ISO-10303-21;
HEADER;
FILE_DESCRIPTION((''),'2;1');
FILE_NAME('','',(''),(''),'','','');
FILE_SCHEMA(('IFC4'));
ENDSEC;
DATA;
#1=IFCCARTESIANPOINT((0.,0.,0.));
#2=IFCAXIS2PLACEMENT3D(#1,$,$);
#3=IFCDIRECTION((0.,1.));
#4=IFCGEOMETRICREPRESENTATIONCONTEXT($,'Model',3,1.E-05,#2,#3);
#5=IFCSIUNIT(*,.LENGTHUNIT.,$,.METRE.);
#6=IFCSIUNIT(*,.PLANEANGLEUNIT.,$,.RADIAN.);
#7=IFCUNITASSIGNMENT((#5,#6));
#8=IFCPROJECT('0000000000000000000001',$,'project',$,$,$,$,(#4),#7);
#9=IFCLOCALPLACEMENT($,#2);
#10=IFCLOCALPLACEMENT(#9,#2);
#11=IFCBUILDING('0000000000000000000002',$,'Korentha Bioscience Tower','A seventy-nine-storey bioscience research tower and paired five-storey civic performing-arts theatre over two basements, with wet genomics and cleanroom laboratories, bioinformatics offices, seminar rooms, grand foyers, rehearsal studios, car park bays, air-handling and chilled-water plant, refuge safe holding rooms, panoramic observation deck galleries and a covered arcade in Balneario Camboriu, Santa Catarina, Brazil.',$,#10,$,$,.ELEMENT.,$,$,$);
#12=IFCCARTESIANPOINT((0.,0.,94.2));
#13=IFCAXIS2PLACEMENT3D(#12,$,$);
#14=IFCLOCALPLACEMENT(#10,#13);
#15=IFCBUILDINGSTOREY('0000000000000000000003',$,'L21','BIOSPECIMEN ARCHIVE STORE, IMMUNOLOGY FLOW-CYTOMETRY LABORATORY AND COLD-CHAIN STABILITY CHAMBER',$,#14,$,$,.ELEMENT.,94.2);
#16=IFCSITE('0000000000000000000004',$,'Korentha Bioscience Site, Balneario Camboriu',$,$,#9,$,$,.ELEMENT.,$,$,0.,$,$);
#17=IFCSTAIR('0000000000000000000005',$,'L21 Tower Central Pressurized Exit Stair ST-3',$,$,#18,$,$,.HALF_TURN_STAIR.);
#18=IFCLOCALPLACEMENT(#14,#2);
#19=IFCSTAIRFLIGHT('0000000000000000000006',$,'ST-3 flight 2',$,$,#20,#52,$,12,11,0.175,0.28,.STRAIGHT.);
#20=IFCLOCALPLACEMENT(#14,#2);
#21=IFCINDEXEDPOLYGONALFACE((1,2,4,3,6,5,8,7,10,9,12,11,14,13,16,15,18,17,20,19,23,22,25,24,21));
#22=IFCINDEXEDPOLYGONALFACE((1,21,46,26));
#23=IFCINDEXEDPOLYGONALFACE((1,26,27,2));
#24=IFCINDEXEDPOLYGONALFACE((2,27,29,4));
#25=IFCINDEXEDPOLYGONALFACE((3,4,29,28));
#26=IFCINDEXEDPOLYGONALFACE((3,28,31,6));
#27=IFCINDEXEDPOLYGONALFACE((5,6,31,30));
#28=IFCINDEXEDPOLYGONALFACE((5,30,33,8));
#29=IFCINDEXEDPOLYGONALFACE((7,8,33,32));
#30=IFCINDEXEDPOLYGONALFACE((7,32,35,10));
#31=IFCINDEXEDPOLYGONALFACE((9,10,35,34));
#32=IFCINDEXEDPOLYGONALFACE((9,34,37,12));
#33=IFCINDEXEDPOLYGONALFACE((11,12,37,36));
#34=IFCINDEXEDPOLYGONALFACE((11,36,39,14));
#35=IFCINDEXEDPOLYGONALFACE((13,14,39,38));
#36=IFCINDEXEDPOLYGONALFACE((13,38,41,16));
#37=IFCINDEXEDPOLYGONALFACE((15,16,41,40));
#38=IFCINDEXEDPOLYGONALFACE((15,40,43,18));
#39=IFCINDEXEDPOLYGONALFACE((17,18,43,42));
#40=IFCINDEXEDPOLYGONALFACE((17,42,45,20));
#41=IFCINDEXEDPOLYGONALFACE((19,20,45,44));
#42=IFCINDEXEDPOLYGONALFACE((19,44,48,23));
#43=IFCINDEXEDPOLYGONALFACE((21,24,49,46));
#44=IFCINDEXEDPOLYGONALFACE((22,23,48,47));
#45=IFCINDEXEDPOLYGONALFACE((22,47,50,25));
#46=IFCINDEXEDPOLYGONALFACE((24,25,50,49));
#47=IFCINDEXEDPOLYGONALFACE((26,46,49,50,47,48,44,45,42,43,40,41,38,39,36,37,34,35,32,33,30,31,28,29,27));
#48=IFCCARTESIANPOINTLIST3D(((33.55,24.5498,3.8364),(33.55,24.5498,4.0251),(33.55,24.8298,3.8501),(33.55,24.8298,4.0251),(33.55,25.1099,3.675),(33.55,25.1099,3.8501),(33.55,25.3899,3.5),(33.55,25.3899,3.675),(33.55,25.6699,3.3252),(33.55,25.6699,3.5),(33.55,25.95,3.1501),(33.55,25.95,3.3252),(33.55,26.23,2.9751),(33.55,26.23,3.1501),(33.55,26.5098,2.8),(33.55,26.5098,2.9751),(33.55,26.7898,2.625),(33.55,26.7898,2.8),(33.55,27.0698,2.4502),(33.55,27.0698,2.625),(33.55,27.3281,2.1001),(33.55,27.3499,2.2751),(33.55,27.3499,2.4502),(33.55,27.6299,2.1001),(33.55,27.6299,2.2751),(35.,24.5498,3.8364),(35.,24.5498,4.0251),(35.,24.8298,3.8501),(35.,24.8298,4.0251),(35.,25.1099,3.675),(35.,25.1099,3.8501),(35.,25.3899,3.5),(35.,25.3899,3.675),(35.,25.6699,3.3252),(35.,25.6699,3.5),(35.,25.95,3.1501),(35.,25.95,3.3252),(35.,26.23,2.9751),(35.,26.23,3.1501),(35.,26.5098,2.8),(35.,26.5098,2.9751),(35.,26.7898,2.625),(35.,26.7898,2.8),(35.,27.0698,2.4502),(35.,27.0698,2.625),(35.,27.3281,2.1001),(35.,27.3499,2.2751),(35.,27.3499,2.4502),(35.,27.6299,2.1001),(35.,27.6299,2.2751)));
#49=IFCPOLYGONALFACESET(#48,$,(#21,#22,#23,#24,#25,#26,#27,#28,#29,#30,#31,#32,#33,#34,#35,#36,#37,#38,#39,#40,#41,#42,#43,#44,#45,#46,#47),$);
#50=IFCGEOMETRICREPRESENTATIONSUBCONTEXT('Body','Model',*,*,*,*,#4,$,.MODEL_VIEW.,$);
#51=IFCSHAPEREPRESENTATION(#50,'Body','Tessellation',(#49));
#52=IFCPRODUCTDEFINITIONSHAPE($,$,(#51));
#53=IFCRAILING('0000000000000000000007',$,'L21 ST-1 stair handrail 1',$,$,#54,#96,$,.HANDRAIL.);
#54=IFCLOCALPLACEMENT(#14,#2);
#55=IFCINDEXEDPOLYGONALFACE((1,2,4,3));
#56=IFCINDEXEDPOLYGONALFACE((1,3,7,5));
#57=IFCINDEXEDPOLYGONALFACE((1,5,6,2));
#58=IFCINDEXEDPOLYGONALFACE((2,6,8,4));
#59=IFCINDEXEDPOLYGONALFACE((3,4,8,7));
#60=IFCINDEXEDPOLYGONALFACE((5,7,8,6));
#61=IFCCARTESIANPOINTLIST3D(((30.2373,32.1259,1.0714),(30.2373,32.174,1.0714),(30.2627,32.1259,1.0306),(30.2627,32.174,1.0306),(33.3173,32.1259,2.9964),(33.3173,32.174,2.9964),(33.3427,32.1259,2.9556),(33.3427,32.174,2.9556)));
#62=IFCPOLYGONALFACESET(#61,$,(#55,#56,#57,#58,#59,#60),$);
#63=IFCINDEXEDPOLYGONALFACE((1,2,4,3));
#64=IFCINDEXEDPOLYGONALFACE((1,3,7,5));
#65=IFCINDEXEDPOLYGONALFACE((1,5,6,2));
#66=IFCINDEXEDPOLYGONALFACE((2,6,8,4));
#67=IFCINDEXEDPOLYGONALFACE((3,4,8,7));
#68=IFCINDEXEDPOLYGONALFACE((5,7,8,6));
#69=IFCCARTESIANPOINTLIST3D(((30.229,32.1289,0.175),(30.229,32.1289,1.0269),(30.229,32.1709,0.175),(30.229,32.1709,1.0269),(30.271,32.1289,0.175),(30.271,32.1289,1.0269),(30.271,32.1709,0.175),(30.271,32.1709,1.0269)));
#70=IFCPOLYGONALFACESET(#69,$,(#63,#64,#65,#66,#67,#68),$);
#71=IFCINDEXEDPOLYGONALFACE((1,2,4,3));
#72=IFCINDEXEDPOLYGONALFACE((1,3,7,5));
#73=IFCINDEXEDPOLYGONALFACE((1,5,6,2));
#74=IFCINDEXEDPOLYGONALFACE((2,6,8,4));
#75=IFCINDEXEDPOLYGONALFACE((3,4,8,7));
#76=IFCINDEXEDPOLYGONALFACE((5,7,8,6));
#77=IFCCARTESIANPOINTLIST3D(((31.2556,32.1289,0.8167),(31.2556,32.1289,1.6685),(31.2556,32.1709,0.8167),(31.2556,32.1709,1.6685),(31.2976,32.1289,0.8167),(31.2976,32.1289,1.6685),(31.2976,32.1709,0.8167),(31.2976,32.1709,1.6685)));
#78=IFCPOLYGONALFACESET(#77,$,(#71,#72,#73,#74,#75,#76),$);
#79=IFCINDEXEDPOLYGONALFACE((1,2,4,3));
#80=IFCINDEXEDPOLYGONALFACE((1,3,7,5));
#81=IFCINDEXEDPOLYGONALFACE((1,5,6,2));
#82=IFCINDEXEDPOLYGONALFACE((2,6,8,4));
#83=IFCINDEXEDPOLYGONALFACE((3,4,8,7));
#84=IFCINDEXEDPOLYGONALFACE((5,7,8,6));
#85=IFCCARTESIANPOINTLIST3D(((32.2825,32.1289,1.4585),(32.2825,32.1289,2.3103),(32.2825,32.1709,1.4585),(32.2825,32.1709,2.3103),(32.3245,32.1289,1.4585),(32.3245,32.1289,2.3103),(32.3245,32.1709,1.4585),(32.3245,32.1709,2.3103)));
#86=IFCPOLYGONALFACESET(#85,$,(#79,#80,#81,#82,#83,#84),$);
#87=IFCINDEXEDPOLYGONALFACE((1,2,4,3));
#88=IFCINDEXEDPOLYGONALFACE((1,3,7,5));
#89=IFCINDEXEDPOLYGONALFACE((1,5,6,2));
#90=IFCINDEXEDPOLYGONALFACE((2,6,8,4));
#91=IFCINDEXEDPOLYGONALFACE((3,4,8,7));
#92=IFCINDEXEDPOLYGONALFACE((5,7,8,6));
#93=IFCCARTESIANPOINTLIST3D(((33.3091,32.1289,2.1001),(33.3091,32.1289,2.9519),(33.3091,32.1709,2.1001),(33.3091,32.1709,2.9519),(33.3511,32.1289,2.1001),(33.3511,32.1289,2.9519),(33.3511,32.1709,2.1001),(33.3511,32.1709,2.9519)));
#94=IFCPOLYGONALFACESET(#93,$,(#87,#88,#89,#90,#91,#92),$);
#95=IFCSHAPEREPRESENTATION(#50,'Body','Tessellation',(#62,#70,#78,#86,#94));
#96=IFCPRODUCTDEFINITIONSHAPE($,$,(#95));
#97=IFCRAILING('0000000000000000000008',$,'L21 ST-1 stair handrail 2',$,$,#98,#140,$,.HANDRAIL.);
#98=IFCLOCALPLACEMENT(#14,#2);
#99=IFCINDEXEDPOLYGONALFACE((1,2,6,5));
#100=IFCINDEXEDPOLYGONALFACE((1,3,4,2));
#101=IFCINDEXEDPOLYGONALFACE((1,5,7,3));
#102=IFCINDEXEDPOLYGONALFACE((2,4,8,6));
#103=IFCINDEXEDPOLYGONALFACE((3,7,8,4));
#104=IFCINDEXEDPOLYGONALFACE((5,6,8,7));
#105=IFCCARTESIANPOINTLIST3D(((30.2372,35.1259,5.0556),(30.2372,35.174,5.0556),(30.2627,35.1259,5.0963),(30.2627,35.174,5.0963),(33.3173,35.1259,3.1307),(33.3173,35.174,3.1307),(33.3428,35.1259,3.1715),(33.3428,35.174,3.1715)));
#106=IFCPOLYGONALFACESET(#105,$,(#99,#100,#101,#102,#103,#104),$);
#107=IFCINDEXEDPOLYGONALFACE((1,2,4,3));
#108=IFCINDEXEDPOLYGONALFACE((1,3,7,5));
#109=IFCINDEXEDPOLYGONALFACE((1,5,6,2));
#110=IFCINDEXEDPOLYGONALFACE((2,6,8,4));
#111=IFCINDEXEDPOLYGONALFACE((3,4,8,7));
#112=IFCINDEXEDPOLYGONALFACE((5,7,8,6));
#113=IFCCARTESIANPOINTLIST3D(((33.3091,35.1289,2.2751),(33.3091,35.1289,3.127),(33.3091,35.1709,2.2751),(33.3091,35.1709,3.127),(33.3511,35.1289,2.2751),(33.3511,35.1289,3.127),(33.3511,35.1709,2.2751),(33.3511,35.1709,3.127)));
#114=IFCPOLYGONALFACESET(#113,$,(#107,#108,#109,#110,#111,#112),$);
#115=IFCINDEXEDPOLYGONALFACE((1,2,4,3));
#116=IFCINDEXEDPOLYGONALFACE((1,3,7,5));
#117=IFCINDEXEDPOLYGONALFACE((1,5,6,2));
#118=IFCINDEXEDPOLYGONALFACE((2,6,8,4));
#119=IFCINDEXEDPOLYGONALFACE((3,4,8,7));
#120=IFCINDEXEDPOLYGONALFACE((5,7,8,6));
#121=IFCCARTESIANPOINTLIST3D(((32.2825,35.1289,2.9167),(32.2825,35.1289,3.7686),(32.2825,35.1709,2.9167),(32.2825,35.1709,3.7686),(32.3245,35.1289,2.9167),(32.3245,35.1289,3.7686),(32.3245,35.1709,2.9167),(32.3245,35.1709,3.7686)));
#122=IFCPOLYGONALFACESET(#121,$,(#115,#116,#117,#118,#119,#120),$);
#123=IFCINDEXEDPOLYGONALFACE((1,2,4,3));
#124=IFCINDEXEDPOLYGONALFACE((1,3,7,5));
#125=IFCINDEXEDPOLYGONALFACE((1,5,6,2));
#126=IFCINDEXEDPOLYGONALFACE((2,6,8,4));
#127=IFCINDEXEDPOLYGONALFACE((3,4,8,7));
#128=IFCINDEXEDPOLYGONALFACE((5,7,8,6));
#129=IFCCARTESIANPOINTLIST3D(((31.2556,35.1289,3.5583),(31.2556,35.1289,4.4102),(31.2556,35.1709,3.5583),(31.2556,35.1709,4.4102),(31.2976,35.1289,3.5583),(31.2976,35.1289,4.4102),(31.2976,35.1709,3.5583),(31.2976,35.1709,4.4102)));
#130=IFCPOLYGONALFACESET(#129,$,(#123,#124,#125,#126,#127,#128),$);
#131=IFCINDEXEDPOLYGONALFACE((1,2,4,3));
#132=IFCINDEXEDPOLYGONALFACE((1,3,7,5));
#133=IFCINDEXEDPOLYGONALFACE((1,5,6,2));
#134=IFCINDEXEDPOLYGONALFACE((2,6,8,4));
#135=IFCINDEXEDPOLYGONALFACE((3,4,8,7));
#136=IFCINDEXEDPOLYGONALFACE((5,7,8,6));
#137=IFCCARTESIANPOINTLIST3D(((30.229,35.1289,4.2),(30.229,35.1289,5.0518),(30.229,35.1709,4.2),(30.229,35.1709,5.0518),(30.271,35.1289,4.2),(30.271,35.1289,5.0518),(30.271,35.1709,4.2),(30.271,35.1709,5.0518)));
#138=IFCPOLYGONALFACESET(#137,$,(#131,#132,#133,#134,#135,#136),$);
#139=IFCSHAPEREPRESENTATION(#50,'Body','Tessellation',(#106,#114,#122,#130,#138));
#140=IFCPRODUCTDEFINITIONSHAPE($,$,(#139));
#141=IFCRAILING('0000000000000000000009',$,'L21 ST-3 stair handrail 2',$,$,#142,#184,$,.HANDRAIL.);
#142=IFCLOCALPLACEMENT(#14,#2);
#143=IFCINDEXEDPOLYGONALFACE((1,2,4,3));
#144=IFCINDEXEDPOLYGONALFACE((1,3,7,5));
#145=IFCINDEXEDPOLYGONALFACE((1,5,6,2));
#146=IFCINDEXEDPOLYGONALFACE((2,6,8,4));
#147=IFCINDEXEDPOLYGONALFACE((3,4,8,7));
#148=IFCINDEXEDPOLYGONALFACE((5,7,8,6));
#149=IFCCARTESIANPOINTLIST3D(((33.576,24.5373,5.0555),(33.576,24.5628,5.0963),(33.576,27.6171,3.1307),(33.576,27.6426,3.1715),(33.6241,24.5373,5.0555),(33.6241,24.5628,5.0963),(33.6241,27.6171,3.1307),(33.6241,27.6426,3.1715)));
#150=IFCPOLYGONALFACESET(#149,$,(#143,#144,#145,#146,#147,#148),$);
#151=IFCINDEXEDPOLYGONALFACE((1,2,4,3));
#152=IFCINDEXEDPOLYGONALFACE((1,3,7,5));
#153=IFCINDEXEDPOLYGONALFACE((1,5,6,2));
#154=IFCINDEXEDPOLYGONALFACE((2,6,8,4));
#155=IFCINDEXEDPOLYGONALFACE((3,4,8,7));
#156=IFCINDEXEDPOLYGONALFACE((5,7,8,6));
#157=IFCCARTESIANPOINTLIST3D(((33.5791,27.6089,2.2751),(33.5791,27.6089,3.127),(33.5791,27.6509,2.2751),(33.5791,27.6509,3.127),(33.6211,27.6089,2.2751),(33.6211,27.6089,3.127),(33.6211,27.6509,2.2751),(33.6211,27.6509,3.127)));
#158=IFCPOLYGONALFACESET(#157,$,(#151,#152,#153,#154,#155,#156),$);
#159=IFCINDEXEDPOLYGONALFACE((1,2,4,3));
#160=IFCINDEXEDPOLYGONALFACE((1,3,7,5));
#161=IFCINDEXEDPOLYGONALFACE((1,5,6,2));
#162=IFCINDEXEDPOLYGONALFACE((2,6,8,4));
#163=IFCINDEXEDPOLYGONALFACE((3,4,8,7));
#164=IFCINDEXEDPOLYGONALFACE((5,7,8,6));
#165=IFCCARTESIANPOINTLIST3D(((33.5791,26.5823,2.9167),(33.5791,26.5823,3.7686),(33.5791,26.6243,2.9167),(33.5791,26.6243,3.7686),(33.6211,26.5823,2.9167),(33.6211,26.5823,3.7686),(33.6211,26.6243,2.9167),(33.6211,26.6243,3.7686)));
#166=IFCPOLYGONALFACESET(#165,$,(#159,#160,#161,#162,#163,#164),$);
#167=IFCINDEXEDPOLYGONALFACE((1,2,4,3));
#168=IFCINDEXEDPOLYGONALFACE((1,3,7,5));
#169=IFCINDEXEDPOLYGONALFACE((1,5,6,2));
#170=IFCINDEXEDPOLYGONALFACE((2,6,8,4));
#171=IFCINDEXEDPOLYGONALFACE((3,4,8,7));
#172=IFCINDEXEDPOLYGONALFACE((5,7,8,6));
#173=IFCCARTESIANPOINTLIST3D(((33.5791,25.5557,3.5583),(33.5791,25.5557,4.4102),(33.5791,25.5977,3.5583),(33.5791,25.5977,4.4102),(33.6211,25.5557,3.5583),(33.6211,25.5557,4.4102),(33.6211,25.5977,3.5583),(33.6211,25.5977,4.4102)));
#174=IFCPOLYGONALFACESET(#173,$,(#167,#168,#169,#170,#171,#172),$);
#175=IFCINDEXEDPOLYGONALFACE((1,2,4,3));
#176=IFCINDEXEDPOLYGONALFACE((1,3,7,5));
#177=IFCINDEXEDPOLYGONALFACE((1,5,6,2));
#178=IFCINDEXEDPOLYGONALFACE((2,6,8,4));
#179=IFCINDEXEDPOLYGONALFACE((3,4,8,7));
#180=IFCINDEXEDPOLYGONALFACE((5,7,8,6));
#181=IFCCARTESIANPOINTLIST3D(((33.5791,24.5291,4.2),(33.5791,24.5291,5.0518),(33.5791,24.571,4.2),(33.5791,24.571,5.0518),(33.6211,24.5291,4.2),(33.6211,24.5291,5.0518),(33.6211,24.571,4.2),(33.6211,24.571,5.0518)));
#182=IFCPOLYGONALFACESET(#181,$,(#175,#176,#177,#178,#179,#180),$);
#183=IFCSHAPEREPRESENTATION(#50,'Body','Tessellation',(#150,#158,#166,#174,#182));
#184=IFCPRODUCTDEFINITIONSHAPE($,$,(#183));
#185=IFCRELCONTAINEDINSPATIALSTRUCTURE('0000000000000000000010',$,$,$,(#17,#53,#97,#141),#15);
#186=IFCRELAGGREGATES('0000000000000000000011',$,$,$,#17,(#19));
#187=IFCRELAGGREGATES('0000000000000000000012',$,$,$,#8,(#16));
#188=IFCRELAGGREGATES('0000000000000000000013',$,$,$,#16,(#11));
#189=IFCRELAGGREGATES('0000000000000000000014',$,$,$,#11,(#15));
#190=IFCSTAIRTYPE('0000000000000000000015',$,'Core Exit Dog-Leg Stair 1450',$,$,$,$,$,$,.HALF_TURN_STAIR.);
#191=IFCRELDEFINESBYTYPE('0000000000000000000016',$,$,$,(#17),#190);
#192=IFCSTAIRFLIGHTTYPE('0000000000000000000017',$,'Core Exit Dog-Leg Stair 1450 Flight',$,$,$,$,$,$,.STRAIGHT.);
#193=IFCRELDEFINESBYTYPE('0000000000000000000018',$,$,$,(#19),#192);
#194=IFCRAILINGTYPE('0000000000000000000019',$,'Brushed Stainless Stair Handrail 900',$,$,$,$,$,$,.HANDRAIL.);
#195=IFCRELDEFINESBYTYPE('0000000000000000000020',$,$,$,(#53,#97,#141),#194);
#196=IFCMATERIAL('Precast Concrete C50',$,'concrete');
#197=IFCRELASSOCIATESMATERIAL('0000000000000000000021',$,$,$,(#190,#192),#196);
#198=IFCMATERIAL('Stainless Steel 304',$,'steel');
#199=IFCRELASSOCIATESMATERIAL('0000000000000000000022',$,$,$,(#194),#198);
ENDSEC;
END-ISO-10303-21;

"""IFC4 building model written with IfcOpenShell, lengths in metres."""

from ifc_helpers import new_model, si_unit, direction, frame, origin, origin_2d, place, context, subcontext, project, spatial, polyline, rectangle, outline, extrude, material, type_object, element, aggregate, save


model = new_model("IFC4")

# Units and contexts
model_context = context("Model", 3, precision=1e-05, world=origin(), true_north=direction((0.0, 1.0)))
body_context = subcontext(model_context, "Body", "Model", "MODEL_VIEW")
ifc_project = project(units=[si_unit("LENGTHUNIT", "METRE"), si_unit("PLANEANGLEUNIT", "RADIAN")], contexts=[model_context])

# Site, building, storey
site_placement = place(None, origin())
site = spatial("IfcSite", under=ifc_project, at=site_placement, Name="Korentha Bioscience Site, Balneario Camboriu", CompositionType="ELEMENT", RefElevation=0.0)
building_placement = place(site_placement, origin())
building = spatial("IfcBuilding", under=site, at=building_placement, Name="Korentha Bioscience Tower", Description="A seventy-nine-storey bioscience research tower and paired five-storey civic performing-arts theatre over two basements, with wet genomics and cleanroom laboratories, bioinformatics offices, seminar rooms, grand foyers, rehearsal studios, car park bays, air-handling and chilled-water plant, refuge safe holding rooms, panoramic observation deck galleries and a covered arcade in Balneario Camboriu, Santa Catarina, Brazil.", CompositionType="ELEMENT")
storey_placement = place(building_placement, frame((0.0, 0.0, 94.2)))
storey = spatial("IfcBuildingStorey", under=building, at=storey_placement, Name="L21", Description="BIOSPECIMEN ARCHIVE STORE, IMMUNOLOGY FLOW-CYTOMETRY LABORATORY AND COLD-CHAIN STABILITY CHAMBER", CompositionType="ELEMENT", Elevation=94.2)

# Shared definitions
ifc_material_1 = material(Name="Precast Concrete C50", Category="concrete")
stair_type = type_object("IfcStairType", Name="Core Exit Dog-Leg Stair 1450", PredefinedType="HALF_TURN_STAIR", material=ifc_material_1)
stair_flight_type = type_object("IfcStairFlightType", Name="Core Exit Dog-Leg Stair 1450 Flight", PredefinedType="STRAIGHT", material=ifc_material_1)

# Stair, stair flight
stair_1_placement = place(storey_placement, origin())
stair_1 = element("IfcStair", 1, at=stair_1_placement, inside=storey, type_object=stair_type, Name="L21 Tower Central Pressurized Exit Stair ST-3", PredefinedType="HALF_TURN_STAIR")
stair_flight_1_placement = place(storey_placement, frame((34.2749, 27.6299, 2.1001), z_axis=(0.0, 0.0, 1.0), x_axis=(0.0, -1.0, 0.0)))
stair_flight_1 = element("IfcStairFlight", 2, at=stair_flight_1_placement, type_object=stair_flight_type, Name="ST-3 flight 2", NumberOfRisers=12, NumberOfTreads=11, PredefinedType="STRAIGHT", RiserHeight=0.175, TreadLength=0.28, context=body_context, shape_type="SweptSolid", body=[
    extrude(outline(polyline([(0.0, 0.0), (0.0, 0.175), (0.28, 0.175), (0.28, 0.3501), (0.5601, 0.3501), (0.5601, 0.5249), (0.8401, 0.5249), (0.8401, 0.7), (1.1201, 0.7), (1.1201, 0.875), (1.3999, 0.875), (1.3999, 1.05), (1.6799, 1.05), (1.6799, 1.2251), (1.96, 1.2251), (1.96, 1.3999), (2.24, 1.3999), (2.24, 1.575), (2.52, 1.575), (2.52, 1.75), (2.8, 1.75), (2.8, 1.925), (3.0801, 1.925), (3.0801, 2.1001), (3.0801, 1.7363), (0.3018, 0.0), (0.0, 0.0)])), frame((0.0, 0.7251, 0.0), z_axis=(0.0, -1.0, 0.0), x_axis=(1.0, 0.0, 0.0)), (0.0, 0.0, 1.0), 1.45),
])
aggregate(stair_1, [stair_flight_1])

# Railings
ifc_material_2 = material(Name="Stainless Steel 304", Category="steel")
railing_type_1 = type_object("IfcRailingType", Name="Brushed Stainless Stair Handrail 900", PredefinedType="HANDRAIL", material=ifc_material_2)
railing_1_placement = place(storey_placement, frame((30.25, 32.1499, 0.175)))
element("IfcRailing", 3, at=railing_1_placement, inside=storey, type_object=railing_type_1, Name="L21 ST-1 stair handrail 1", PredefinedType="HANDRAIL", context=body_context, shape_type="SweptSolid", body=[
    extrude(rectangle(XDim=0.0481, YDim=0.0481, at=origin_2d()), frame((0.0, 0.0, 0.876), z_axis=(0.847998, 0.0, 0.529999), x_axis=(0.0, 1.0, 0.0)), (0.0, 0.0, 1.0), 3.6321),
    extrude(rectangle(XDim=0.042, YDim=0.042, at=origin_2d()), origin(), (0.0, 0.0, 1.0), 0.8518),
    extrude(rectangle(XDim=0.042, YDim=0.042, at=origin_2d()), frame((1.0266, 0.0, 0.6416)), (0.0, 0.0, 1.0), 0.8518),
    extrude(rectangle(XDim=0.042, YDim=0.042, at=origin_2d()), frame((2.0535, 0.0, 1.2834)), (0.0, 0.0, 1.0), 0.8518),
    extrude(rectangle(XDim=0.042, YDim=0.042, at=origin_2d()), frame((3.0801, 0.0, 1.925)), (0.0, 0.0, 1.0), 0.8518),
])
railing_2_placement = place(storey_placement, frame((33.3301, 35.1499, 2.2751)))
element("IfcRailing", 4, at=railing_2_placement, inside=storey, type_object=railing_type_1, Name="L21 ST-1 stair handrail 2", PredefinedType="HANDRAIL", context=body_context, shape_type="SweptSolid", body=[
    extrude(rectangle(XDim=0.0481, YDim=0.0481, at=origin_2d()), frame((0.0, 0.0, 0.876), z_axis=(-0.848029, 0.0, 0.529951), x_axis=(0.0, -1.0, 0.0)), (0.0, 0.0, 1.0), 3.6321),
    extrude(rectangle(XDim=0.042, YDim=0.042, at=origin_2d()), origin(), (0.0, 0.0, 1.0), 0.8518),
    extrude(rectangle(XDim=0.042, YDim=0.042, at=origin_2d()), frame((-1.0266, 0.0, 0.6416)), (0.0, 0.0, 1.0), 0.8518),
    extrude(rectangle(XDim=0.042, YDim=0.042, at=origin_2d()), frame((-2.0535, 0.0, 1.2832)), (0.0, 0.0, 1.0), 0.8518),
    extrude(rectangle(XDim=0.042, YDim=0.042, at=origin_2d()), frame((-3.0801, 0.0, 1.9248)), (0.0, 0.0, 1.0), 0.8518),
])
railing_3_placement = place(storey_placement, frame((33.6001, 27.6299, 2.2751)))
element("IfcRailing", 5, at=railing_3_placement, inside=storey, type_object=railing_type_1, Name="L21 ST-3 stair handrail 2", PredefinedType="HANDRAIL", context=body_context, shape_type="SweptSolid", body=[
    extrude(rectangle(XDim=0.0481, YDim=0.0481, at=origin_2d()), frame((0.0, 0.0, 0.876), z_axis=(0.0, -0.84801, 0.529981), x_axis=(1.0, 0.0, 0.0)), (0.0, 0.0, 1.0), 3.6318),
    extrude(rectangle(XDim=0.042, YDim=0.042, at=origin_2d()), origin(), (0.0, 0.0, 1.0), 0.8518),
    extrude(rectangle(XDim=0.042, YDim=0.042, at=origin_2d()), frame((0.0, -1.0266, 0.6416)), (0.0, 0.0, 1.0), 0.8518),
    extrude(rectangle(XDim=0.042, YDim=0.042, at=origin_2d()), frame((0.0, -2.0532, 1.2832)), (0.0, 0.0, 1.0), 0.8518),
    extrude(rectangle(XDim=0.042, YDim=0.042, at=origin_2d()), frame((0.0, -3.0798, 1.9248)), (0.0, 0.0, 1.0), 0.8518),
])

save(model, "model.ifc")
